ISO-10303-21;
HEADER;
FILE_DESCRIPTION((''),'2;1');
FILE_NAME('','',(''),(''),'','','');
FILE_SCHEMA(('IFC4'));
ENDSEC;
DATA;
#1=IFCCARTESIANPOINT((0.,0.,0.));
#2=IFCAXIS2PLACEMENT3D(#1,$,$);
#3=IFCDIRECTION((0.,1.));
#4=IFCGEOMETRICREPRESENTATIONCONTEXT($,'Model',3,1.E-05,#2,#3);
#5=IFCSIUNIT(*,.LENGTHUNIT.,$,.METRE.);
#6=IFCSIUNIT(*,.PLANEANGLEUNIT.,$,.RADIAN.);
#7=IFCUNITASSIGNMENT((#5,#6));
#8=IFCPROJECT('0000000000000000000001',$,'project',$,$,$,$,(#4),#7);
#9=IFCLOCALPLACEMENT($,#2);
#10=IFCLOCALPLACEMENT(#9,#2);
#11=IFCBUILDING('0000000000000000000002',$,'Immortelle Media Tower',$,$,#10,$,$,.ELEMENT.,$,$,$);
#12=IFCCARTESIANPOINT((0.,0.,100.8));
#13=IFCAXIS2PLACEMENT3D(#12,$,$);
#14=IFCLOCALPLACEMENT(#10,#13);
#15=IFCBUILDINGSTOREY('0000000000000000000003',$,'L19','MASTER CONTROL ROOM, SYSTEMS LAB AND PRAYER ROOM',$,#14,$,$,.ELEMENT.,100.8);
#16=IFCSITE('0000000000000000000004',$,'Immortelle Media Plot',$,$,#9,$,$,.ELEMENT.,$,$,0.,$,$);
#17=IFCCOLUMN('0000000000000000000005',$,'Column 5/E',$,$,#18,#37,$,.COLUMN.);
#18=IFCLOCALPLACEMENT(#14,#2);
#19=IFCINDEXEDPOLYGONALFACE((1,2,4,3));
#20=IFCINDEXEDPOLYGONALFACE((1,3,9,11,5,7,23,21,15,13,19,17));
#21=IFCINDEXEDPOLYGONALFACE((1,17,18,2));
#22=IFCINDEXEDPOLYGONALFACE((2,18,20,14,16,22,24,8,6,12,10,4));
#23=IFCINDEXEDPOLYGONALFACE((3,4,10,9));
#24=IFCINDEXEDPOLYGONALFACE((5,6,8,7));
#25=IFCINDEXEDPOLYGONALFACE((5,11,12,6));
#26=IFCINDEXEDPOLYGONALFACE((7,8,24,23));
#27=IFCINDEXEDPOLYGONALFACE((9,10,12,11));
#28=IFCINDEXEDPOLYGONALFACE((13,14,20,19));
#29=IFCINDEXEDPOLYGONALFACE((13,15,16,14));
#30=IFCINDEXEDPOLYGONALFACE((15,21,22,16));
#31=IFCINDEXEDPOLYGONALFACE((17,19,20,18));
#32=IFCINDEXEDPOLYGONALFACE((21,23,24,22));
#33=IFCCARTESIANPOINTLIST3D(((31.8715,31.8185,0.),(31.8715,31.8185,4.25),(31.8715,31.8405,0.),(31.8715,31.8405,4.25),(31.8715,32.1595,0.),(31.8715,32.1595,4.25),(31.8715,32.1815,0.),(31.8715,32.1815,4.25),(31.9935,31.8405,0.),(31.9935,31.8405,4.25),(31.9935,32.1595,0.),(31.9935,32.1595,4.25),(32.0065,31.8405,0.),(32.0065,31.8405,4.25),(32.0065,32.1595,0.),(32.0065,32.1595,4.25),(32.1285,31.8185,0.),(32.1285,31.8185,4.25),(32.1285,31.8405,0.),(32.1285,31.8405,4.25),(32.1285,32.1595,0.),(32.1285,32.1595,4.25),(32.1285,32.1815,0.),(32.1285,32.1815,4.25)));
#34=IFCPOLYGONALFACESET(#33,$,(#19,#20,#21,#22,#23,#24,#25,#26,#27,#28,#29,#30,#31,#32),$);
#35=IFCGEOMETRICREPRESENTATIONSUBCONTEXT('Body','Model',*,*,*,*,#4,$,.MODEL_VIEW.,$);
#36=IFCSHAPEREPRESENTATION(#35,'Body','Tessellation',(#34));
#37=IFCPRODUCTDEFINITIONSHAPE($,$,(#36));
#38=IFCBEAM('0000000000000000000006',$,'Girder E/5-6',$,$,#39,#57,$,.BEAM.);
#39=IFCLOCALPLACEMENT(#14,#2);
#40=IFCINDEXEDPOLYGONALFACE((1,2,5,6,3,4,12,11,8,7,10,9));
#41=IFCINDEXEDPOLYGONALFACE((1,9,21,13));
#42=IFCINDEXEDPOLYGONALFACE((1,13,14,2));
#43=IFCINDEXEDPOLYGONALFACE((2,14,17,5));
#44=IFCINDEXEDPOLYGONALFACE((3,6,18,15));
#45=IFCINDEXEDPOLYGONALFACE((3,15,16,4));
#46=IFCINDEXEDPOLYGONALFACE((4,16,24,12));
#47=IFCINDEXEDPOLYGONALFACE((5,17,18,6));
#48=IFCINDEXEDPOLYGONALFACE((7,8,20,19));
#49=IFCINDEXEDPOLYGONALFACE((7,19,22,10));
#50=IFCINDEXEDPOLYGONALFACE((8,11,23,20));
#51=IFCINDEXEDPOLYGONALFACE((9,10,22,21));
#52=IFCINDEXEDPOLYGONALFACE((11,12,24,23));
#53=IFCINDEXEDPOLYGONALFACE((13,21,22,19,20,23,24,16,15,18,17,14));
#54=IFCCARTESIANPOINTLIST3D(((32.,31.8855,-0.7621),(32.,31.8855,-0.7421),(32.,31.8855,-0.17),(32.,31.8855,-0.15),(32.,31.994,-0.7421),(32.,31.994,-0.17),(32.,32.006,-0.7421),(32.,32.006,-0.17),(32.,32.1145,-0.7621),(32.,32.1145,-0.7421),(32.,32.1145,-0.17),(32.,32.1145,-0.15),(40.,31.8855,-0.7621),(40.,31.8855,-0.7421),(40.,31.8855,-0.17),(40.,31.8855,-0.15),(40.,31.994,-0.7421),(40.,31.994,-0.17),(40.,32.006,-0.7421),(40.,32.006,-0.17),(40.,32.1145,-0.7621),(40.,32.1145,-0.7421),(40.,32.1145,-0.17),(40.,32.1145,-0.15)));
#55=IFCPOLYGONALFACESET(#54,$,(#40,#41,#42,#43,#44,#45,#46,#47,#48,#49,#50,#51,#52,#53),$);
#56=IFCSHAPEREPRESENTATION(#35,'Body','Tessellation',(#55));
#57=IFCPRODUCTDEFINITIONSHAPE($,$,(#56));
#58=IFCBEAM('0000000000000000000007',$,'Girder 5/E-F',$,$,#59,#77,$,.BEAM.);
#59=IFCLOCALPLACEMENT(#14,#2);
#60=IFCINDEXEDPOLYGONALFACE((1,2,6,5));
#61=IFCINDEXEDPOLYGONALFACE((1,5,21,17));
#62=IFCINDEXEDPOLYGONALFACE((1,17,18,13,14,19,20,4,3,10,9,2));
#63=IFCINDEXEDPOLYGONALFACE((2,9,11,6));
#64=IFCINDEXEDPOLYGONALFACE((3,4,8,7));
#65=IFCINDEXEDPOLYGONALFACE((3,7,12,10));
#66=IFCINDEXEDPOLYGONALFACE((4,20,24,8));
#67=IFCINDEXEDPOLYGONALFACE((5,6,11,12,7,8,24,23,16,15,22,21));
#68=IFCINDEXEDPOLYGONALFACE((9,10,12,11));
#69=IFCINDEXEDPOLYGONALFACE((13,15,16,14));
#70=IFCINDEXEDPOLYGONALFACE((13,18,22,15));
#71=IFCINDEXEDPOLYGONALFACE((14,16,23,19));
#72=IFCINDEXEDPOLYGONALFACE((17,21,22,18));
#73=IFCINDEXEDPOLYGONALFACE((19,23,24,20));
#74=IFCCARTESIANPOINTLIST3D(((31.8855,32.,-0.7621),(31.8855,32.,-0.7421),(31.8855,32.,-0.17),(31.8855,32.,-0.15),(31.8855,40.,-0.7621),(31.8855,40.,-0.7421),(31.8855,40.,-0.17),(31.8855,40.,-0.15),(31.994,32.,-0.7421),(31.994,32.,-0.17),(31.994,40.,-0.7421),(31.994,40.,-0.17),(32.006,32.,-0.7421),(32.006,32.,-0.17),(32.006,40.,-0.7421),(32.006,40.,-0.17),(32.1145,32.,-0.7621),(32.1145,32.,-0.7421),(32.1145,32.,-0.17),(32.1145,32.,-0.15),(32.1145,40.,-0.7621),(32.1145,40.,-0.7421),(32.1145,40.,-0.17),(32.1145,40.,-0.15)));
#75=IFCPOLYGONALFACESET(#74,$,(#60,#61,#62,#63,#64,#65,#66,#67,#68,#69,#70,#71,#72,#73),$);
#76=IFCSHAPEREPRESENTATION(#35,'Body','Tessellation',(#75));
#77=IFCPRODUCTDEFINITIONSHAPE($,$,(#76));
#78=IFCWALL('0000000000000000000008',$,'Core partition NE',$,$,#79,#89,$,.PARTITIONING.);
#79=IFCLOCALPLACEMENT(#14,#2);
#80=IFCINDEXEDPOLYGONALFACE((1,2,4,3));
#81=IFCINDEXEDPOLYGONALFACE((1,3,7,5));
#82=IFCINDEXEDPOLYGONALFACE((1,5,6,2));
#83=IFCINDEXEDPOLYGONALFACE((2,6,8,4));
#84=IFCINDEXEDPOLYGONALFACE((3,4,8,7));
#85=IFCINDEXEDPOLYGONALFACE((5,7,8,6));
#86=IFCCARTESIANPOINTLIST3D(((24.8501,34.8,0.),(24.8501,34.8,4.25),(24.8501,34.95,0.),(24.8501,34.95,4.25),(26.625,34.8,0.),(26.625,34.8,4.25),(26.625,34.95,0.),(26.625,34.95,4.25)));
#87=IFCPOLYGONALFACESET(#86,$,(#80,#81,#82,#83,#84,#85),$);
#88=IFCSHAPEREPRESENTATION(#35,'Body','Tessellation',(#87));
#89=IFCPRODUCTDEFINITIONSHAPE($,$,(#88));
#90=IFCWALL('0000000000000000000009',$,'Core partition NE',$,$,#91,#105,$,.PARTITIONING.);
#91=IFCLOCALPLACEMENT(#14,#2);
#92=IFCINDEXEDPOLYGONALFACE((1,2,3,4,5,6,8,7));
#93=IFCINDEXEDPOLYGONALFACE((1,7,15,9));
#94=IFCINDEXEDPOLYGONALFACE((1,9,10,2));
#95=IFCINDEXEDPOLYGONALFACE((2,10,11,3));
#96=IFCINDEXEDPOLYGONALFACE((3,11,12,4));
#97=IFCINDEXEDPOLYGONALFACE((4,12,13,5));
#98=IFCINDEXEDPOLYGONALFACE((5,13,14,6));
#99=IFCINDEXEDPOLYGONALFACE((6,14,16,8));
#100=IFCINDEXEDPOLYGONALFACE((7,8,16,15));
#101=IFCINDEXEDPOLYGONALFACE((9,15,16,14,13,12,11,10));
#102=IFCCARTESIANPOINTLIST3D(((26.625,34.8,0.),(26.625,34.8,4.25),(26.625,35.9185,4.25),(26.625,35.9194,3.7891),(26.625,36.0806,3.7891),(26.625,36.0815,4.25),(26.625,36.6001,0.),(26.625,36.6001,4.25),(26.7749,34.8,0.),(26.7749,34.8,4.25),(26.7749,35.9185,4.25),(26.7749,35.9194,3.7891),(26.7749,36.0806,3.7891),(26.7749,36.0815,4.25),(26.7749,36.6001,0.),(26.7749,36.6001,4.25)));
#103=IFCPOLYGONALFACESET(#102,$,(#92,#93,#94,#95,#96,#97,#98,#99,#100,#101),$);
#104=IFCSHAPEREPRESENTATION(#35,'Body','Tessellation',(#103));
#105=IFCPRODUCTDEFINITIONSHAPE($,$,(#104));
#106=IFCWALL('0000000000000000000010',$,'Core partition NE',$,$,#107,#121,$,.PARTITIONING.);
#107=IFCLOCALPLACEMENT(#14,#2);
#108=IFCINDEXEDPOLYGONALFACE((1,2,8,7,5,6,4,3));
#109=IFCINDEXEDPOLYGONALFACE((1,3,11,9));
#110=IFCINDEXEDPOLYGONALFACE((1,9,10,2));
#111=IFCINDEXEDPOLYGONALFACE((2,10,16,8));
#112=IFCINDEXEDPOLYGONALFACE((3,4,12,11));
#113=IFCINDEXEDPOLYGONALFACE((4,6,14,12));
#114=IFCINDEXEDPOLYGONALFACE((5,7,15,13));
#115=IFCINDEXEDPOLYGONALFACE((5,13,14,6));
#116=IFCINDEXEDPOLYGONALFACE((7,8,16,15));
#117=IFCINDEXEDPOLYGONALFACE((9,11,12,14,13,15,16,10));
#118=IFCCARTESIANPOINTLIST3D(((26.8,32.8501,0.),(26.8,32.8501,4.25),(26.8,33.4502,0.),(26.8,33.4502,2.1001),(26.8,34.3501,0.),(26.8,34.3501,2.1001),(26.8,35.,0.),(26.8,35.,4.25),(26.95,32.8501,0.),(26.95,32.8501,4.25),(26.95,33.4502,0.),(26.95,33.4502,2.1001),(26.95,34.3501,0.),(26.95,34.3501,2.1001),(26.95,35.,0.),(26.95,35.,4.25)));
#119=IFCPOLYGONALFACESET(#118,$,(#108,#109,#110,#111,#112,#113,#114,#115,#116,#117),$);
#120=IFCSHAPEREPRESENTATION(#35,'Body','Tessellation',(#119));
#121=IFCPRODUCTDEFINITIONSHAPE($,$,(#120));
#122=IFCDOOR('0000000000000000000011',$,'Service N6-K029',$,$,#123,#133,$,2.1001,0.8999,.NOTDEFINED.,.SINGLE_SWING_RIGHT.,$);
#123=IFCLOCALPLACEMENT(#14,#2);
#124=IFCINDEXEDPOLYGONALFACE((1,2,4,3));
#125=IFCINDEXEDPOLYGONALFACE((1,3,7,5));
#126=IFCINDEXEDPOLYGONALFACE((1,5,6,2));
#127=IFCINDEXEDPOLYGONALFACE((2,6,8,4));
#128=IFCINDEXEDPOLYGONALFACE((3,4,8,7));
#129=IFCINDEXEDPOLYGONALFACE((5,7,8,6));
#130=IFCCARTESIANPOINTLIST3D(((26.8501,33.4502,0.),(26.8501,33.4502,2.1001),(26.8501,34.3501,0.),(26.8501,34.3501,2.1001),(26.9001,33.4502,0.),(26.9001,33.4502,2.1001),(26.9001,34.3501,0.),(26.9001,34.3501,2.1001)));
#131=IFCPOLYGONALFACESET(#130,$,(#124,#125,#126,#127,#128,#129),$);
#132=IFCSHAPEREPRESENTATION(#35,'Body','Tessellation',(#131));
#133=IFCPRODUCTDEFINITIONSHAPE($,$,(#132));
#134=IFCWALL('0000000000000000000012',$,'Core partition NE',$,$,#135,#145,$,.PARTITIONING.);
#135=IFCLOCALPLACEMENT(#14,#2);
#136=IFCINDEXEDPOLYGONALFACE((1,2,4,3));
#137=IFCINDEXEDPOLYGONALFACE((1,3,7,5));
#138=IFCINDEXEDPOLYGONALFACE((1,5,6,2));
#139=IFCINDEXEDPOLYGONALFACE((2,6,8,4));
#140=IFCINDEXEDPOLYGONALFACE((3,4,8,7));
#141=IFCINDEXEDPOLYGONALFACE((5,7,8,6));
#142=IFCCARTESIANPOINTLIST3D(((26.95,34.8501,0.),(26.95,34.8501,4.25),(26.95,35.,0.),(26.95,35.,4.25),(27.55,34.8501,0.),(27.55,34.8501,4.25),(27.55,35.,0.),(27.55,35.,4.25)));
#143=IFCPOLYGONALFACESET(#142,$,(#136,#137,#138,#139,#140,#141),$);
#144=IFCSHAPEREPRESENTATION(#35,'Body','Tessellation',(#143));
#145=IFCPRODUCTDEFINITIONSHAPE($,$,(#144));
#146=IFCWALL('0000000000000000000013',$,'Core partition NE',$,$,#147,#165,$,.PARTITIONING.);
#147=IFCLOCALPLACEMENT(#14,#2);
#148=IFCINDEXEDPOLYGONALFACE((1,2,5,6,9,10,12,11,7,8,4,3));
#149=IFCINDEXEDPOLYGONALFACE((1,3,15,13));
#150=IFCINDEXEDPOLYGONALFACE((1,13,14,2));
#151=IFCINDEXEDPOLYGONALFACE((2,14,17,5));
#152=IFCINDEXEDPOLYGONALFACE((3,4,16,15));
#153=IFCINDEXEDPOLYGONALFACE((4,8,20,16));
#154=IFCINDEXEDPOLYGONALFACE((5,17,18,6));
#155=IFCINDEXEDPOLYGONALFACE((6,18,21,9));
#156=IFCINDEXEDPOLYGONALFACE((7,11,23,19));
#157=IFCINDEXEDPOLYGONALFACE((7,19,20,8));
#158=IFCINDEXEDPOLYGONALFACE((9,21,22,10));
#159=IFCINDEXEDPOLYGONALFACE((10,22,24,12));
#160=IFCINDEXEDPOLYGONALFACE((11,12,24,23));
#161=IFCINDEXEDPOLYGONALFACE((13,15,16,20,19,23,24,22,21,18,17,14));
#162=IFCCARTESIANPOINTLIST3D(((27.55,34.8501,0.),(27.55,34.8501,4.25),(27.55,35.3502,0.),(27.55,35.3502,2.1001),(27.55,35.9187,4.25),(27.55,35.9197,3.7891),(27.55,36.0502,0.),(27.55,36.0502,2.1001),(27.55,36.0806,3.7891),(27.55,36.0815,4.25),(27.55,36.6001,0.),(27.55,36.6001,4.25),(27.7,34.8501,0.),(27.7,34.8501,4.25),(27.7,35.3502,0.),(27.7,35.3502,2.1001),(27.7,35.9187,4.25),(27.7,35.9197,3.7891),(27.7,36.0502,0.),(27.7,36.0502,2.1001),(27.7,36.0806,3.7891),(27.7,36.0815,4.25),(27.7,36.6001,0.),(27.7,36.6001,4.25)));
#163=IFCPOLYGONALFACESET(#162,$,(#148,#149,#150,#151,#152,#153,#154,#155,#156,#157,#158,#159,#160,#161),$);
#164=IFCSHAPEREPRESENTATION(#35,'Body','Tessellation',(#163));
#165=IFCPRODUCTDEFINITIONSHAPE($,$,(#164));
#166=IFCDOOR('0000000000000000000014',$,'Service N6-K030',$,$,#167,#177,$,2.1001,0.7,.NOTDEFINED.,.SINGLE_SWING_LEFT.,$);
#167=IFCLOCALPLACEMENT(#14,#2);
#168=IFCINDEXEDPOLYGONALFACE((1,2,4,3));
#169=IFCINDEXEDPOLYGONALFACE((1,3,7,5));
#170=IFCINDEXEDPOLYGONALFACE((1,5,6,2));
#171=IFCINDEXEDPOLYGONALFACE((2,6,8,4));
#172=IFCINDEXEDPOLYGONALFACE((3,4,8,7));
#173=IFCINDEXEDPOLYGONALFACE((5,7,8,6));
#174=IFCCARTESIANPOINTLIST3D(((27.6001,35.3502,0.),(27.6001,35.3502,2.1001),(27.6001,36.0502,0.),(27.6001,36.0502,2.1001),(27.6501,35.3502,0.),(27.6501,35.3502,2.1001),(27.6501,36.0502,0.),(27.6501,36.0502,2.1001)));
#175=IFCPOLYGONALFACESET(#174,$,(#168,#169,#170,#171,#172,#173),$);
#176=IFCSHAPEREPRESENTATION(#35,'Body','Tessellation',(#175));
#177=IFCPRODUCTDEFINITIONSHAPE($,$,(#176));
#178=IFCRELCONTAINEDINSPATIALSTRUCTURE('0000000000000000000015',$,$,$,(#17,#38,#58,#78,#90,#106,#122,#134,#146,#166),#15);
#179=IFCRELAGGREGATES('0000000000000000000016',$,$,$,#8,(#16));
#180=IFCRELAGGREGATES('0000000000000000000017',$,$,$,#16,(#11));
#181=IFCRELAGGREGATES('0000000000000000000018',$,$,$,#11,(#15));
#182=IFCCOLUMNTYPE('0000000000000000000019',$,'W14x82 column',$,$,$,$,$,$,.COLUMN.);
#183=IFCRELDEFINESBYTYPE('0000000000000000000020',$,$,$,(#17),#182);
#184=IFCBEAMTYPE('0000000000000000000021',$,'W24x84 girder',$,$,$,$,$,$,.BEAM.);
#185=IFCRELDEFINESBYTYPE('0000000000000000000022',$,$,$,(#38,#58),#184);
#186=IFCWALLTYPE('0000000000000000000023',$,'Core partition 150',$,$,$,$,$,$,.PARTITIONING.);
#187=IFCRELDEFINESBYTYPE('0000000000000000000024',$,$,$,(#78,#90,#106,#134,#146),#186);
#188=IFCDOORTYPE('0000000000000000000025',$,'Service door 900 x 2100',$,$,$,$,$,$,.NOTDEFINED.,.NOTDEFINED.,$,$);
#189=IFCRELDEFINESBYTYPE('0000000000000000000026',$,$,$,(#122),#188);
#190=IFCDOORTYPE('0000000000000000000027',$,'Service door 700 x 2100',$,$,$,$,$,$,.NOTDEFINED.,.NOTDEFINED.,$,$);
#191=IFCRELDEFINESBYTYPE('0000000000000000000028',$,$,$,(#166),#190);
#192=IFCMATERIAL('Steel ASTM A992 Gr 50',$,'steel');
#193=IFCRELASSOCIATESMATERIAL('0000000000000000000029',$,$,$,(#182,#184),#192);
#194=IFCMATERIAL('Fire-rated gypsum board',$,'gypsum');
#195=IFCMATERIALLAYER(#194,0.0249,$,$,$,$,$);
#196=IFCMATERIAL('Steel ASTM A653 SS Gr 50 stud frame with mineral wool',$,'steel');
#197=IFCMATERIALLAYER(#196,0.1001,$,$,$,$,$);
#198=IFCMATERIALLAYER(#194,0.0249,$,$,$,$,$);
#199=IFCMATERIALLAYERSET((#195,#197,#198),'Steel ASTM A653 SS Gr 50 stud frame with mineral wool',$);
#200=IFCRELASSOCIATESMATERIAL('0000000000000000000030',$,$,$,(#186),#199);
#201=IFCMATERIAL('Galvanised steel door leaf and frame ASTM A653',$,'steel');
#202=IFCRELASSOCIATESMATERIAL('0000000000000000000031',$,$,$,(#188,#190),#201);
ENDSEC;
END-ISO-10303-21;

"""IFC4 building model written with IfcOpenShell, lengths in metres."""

from ifc_helpers import new_model, si_unit, direction, frame, frame_2d, origin, origin_2d, place, context, subcontext, project, spatial, polyline, rectangle, i_section, outline, extrude, material, layer, layer_set, material_profile, profile_set, type_object, element, fill, save


model = new_model("IFC4")

# Units and contexts
model_context = context("Model", 3, precision=1e-05, world=origin(), true_north=direction((0.0, 1.0)))
body_context = subcontext(model_context, "Body", "Model", "MODEL_VIEW")
ifc_project = project(units=[si_unit("LENGTHUNIT", "METRE"), si_unit("PLANEANGLEUNIT", "RADIAN")], contexts=[model_context])

# Site, building, storey
site_placement = place(None, origin())
site = spatial("IfcSite", under=ifc_project, at=site_placement, Name="Immortelle Media Plot", CompositionType="ELEMENT", RefElevation=0.0)
building_placement = place(site_placement, origin())
building = spatial("IfcBuilding", under=site, at=building_placement, Name="Immortelle Media Tower", CompositionType="ELEMENT")
storey_placement = place(building_placement, frame((0.0, 0.0, 100.8)))
storey = spatial("IfcBuildingStorey", under=building, at=storey_placement, Name="L19", Description="MASTER CONTROL ROOM, SYSTEMS LAB AND PRAYER ROOM", CompositionType="ELEMENT", Elevation=100.8)

# Column
ifc_material_1 = material(Name="Steel ASTM A992 Gr 50", Category="steel")
ifc_material_profile_1 = material_profile(ifc_material_1, i_section(OverallWidth=0.2571, OverallDepth=0.363, WebThickness=0.0129, FlangeThickness=0.022, at=origin_2d()), Name="W14x82")
ifc_profile_set_1 = profile_set([ifc_material_profile_1], Name="Steel ASTM A992 Gr 50")
column_type = type_object("IfcColumnType", Name="W14x82 column", PredefinedType="COLUMN", material=ifc_profile_set_1)
column_placement = place(storey_placement, frame((32.0, 32.0, 0.0), z_axis=(0.0, 0.0, 1.0), x_axis=(1.0, 0.0, 0.0)))
element("IfcColumn", 1, at=column_placement, inside=storey, type_object=column_type, Name="Column 5/E", PredefinedType="COLUMN", context=body_context, shape_type="SweptSolid", body=[
    extrude(i_section(OverallWidth=0.2571, OverallDepth=0.363, WebThickness=0.0129, FlangeThickness=0.022, at=origin_2d()), origin(), (0.0, 0.0, 1.0), 4.25),
])

# Beams
ifc_material_profile_2 = material_profile(ifc_material_1, i_section(OverallWidth=0.229, OverallDepth=0.6121, WebThickness=0.012, FlangeThickness=0.02, at=origin_2d()), Name="W24x84")
ifc_profile_set_2 = profile_set([ifc_material_profile_2], Name="Steel ASTM A992 Gr 50")
beam_type = type_object("IfcBeamType", Name="W24x84 girder", PredefinedType="BEAM", material=ifc_profile_set_2)
for number, where, z_axis, x_axis, name in (
    (2, (32.0, 32.0, -0.4561), (1.0, 0.0, 0.0), (0.0, 1.0, 0.0), "Girder E/5-6"),
    (3, (32.0, 32.0, -0.4561), (0.0, 1.0, 0.0), (-1.0, 0.0, 0.0), "Girder 5/E-F"),
):
    element("IfcBeam", number, at=place(storey_placement, frame(where, z_axis=z_axis, x_axis=x_axis)), inside=storey, type_object=beam_type, Name=name, PredefinedType="BEAM", context=body_context, shape_type="SweptSolid", body=[
        extrude(i_section(OverallWidth=0.229, OverallDepth=0.6121, WebThickness=0.012, FlangeThickness=0.02, at=origin_2d()), origin(), (0.0, 0.0, 1.0), 8.0),
    ])

# Walls
ifc_material_2 = material(Name="Fire-rated gypsum board", Category="gypsum")
ifc_layer_1 = layer(ifc_material_2, 0.0249)
ifc_material_3 = material(Name="Steel ASTM A653 SS Gr 50 stud frame with mineral wool", Category="steel")
ifc_layer_2 = layer(ifc_material_3, 0.1001)
ifc_layer_3 = layer(ifc_material_2, 0.0249)
ifc_layer_set_1 = layer_set([ifc_layer_1, ifc_layer_2, ifc_layer_3], Name="Steel ASTM A653 SS Gr 50 stud frame with mineral wool")
wall_type_1 = type_object("IfcWallType", Name="Core partition 150", PredefinedType="PARTITIONING", material=ifc_layer_set_1)
wall_1_placement = place(storey_placement, frame((24.8501, 34.875, 0.0), z_axis=(0.0, 0.0, 1.0), x_axis=(1.0, 0.0, 0.0)))
element("IfcWall", 4, at=wall_1_placement, inside=storey, type_object=wall_type_1, Name="Core partition NE", PredefinedType="PARTITIONING", context=body_context, shape_type="SweptSolid", body=[
    extrude(rectangle(XDim=1.7749, YDim=0.1499, at=frame_2d((0.8875, 0.0))), origin(), (0.0, 0.0, 1.0), 4.25),
])
wall_2_placement = place(storey_placement, frame((26.7, 34.8, 0.0), z_axis=(0.0, 0.0, 1.0), x_axis=(0.0, 1.0, 0.0)))
element("IfcWall", 5, at=wall_2_placement, inside=storey, type_object=wall_type_1, Name="Core partition NE", PredefinedType="PARTITIONING", context=body_context, shape_type="SweptSolid", body=[
    extrude(outline(polyline([(0.0, 0.0), (1.8, 0.0), (1.8, 4.25), (1.2815, 4.25), (1.2805, 3.7891), (1.1194, 3.7891), (1.1184, 4.25), (0.0, 4.25), (0.0, 0.0)])), frame((0.0, 0.075, 0.0), z_axis=(0.0, -1.0, 0.0), x_axis=(1.0, 0.0, 0.0)), (0.0, 0.0, 1.0), 0.1499),
])

# Wall, opening, door
wall_3_placement = place(storey_placement, frame((26.875, 32.8501, 0.0), z_axis=(0.0, 0.0, 1.0), x_axis=(0.0, 1.0, 0.0)))
wall_3 = element("IfcWall", 6, at=wall_3_placement, inside=storey, type_object=wall_type_1, Name="Core partition NE", PredefinedType="PARTITIONING", context=body_context, shape_type="SweptSolid", body=[
    extrude(rectangle(XDim=2.1499, YDim=0.1499, at=frame_2d((1.075, 0.0))), origin(), (0.0, 0.0, 1.0), 4.25),
])
opening_1_placement = place(wall_3_placement, frame((0.6001, 0.0, 0.0)))
opening_1 = element("IfcOpeningElement", 7, at=opening_1_placement, cuts=wall_3, PredefinedType="OPENING", context=body_context, shape_type="SweptSolid", body=[
    extrude(rectangle(XDim=0.8999, YDim=2.1001, at=frame_2d((0.45, 1.05))), frame((0.0, 0.085, 0.0), z_axis=(0.0, -1.0, 0.0), x_axis=(1.0, 0.0, 0.0)), (0.0, 0.0, 1.0), 0.1699),
])
ifc_material_4 = material(Name="Galvanised steel door leaf and frame ASTM A653", Category="steel")
door_type_1 = type_object("IfcDoorType", Name="Service door 900 x 2100", OperationType="NOTDEFINED", PredefinedType="NOTDEFINED", material=ifc_material_4)
door_1_placement = place(opening_1_placement, origin())
door_1 = element("IfcDoor", 8, at=door_1_placement, inside=storey, type_object=door_type_1, Name="Service N6-K029", OperationType="SINGLE_SWING_RIGHT", OverallHeight=2.1001, OverallWidth=0.8999, PredefinedType="NOTDEFINED", context=body_context, shape_type="SweptSolid", body=[
    extrude(rectangle(XDim=0.8999, YDim=2.1001, at=frame_2d((0.45, 1.05))), frame((0.0, 0.0249, 0.0), z_axis=(0.0, -1.0, 0.0), x_axis=(1.0, 0.0, 0.0)), (0.0, 0.0, 1.0), 0.05),
])
fill(opening_1, door_1)

# Wall
wall_4_placement = place(storey_placement, frame((26.95, 34.925, 0.0), z_axis=(0.0, 0.0, 1.0), x_axis=(1.0, 0.0, 0.0)))
element("IfcWall", 9, at=wall_4_placement, inside=storey, type_object=wall_type_1, Name="Core partition NE", PredefinedType="PARTITIONING", context=body_context, shape_type="SweptSolid", body=[
    extrude(rectangle(XDim=0.6001, YDim=0.1499, at=frame_2d((0.3, 0.0))), origin(), (0.0, 0.0, 1.0), 4.25),
])

# Wall, opening, door
wall_5_placement = place(storey_placement, frame((27.625, 34.8501, 0.0), z_axis=(0.0, 0.0, 1.0), x_axis=(0.0, 1.0, 0.0)))
wall_5 = element("IfcWall", 10, at=wall_5_placement, inside=storey, type_object=wall_type_1, Name="Core partition NE", PredefinedType="PARTITIONING", context=body_context, shape_type="SweptSolid", body=[
    extrude(outline(polyline([(0.0, 0.0), (1.75, 0.0), (1.75, 4.25), (1.2314, 4.25), (1.2305, 3.7891), (1.0696, 3.7891), (1.0686, 4.25), (0.0, 4.25), (0.0, 0.0)])), frame((0.0, 0.075, 0.0), z_axis=(0.0, -1.0, 0.0), x_axis=(1.0, 0.0, 0.0)), (0.0, 0.0, 1.0), 0.1499),
])
opening_2_placement = place(wall_5_placement, frame((0.5, 0.0, 0.0)))
opening_2 = element("IfcOpeningElement", 11, at=opening_2_placement, cuts=wall_5, PredefinedType="OPENING", context=body_context, shape_type="SweptSolid", body=[
    extrude(rectangle(XDim=0.7, YDim=2.1001, at=frame_2d((0.3501, 1.05))), frame((0.0, 0.085, 0.0), z_axis=(0.0, -1.0, 0.0), x_axis=(1.0, 0.0, 0.0)), (0.0, 0.0, 1.0), 0.1699),
])
door_type_2 = type_object("IfcDoorType", Name="Service door 700 x 2100", OperationType="NOTDEFINED", PredefinedType="NOTDEFINED", material=ifc_material_4)
door_2_placement = place(opening_2_placement, origin())
door_2 = element("IfcDoor", 12, at=door_2_placement, inside=storey, type_object=door_type_2, Name="Service N6-K030", OperationType="SINGLE_SWING_LEFT", OverallHeight=2.1001, OverallWidth=0.7, PredefinedType="NOTDEFINED", context=body_context, shape_type="SweptSolid", body=[
    extrude(rectangle(XDim=0.7, YDim=2.1001, at=frame_2d((0.3501, 1.05))), frame((0.0, 0.0249, 0.0), z_axis=(0.0, -1.0, 0.0), x_axis=(1.0, 0.0, 0.0)), (0.0, 0.0, 1.0), 0.05),
])
fill(opening_2, door_2)

save(model, "model.ifc")
